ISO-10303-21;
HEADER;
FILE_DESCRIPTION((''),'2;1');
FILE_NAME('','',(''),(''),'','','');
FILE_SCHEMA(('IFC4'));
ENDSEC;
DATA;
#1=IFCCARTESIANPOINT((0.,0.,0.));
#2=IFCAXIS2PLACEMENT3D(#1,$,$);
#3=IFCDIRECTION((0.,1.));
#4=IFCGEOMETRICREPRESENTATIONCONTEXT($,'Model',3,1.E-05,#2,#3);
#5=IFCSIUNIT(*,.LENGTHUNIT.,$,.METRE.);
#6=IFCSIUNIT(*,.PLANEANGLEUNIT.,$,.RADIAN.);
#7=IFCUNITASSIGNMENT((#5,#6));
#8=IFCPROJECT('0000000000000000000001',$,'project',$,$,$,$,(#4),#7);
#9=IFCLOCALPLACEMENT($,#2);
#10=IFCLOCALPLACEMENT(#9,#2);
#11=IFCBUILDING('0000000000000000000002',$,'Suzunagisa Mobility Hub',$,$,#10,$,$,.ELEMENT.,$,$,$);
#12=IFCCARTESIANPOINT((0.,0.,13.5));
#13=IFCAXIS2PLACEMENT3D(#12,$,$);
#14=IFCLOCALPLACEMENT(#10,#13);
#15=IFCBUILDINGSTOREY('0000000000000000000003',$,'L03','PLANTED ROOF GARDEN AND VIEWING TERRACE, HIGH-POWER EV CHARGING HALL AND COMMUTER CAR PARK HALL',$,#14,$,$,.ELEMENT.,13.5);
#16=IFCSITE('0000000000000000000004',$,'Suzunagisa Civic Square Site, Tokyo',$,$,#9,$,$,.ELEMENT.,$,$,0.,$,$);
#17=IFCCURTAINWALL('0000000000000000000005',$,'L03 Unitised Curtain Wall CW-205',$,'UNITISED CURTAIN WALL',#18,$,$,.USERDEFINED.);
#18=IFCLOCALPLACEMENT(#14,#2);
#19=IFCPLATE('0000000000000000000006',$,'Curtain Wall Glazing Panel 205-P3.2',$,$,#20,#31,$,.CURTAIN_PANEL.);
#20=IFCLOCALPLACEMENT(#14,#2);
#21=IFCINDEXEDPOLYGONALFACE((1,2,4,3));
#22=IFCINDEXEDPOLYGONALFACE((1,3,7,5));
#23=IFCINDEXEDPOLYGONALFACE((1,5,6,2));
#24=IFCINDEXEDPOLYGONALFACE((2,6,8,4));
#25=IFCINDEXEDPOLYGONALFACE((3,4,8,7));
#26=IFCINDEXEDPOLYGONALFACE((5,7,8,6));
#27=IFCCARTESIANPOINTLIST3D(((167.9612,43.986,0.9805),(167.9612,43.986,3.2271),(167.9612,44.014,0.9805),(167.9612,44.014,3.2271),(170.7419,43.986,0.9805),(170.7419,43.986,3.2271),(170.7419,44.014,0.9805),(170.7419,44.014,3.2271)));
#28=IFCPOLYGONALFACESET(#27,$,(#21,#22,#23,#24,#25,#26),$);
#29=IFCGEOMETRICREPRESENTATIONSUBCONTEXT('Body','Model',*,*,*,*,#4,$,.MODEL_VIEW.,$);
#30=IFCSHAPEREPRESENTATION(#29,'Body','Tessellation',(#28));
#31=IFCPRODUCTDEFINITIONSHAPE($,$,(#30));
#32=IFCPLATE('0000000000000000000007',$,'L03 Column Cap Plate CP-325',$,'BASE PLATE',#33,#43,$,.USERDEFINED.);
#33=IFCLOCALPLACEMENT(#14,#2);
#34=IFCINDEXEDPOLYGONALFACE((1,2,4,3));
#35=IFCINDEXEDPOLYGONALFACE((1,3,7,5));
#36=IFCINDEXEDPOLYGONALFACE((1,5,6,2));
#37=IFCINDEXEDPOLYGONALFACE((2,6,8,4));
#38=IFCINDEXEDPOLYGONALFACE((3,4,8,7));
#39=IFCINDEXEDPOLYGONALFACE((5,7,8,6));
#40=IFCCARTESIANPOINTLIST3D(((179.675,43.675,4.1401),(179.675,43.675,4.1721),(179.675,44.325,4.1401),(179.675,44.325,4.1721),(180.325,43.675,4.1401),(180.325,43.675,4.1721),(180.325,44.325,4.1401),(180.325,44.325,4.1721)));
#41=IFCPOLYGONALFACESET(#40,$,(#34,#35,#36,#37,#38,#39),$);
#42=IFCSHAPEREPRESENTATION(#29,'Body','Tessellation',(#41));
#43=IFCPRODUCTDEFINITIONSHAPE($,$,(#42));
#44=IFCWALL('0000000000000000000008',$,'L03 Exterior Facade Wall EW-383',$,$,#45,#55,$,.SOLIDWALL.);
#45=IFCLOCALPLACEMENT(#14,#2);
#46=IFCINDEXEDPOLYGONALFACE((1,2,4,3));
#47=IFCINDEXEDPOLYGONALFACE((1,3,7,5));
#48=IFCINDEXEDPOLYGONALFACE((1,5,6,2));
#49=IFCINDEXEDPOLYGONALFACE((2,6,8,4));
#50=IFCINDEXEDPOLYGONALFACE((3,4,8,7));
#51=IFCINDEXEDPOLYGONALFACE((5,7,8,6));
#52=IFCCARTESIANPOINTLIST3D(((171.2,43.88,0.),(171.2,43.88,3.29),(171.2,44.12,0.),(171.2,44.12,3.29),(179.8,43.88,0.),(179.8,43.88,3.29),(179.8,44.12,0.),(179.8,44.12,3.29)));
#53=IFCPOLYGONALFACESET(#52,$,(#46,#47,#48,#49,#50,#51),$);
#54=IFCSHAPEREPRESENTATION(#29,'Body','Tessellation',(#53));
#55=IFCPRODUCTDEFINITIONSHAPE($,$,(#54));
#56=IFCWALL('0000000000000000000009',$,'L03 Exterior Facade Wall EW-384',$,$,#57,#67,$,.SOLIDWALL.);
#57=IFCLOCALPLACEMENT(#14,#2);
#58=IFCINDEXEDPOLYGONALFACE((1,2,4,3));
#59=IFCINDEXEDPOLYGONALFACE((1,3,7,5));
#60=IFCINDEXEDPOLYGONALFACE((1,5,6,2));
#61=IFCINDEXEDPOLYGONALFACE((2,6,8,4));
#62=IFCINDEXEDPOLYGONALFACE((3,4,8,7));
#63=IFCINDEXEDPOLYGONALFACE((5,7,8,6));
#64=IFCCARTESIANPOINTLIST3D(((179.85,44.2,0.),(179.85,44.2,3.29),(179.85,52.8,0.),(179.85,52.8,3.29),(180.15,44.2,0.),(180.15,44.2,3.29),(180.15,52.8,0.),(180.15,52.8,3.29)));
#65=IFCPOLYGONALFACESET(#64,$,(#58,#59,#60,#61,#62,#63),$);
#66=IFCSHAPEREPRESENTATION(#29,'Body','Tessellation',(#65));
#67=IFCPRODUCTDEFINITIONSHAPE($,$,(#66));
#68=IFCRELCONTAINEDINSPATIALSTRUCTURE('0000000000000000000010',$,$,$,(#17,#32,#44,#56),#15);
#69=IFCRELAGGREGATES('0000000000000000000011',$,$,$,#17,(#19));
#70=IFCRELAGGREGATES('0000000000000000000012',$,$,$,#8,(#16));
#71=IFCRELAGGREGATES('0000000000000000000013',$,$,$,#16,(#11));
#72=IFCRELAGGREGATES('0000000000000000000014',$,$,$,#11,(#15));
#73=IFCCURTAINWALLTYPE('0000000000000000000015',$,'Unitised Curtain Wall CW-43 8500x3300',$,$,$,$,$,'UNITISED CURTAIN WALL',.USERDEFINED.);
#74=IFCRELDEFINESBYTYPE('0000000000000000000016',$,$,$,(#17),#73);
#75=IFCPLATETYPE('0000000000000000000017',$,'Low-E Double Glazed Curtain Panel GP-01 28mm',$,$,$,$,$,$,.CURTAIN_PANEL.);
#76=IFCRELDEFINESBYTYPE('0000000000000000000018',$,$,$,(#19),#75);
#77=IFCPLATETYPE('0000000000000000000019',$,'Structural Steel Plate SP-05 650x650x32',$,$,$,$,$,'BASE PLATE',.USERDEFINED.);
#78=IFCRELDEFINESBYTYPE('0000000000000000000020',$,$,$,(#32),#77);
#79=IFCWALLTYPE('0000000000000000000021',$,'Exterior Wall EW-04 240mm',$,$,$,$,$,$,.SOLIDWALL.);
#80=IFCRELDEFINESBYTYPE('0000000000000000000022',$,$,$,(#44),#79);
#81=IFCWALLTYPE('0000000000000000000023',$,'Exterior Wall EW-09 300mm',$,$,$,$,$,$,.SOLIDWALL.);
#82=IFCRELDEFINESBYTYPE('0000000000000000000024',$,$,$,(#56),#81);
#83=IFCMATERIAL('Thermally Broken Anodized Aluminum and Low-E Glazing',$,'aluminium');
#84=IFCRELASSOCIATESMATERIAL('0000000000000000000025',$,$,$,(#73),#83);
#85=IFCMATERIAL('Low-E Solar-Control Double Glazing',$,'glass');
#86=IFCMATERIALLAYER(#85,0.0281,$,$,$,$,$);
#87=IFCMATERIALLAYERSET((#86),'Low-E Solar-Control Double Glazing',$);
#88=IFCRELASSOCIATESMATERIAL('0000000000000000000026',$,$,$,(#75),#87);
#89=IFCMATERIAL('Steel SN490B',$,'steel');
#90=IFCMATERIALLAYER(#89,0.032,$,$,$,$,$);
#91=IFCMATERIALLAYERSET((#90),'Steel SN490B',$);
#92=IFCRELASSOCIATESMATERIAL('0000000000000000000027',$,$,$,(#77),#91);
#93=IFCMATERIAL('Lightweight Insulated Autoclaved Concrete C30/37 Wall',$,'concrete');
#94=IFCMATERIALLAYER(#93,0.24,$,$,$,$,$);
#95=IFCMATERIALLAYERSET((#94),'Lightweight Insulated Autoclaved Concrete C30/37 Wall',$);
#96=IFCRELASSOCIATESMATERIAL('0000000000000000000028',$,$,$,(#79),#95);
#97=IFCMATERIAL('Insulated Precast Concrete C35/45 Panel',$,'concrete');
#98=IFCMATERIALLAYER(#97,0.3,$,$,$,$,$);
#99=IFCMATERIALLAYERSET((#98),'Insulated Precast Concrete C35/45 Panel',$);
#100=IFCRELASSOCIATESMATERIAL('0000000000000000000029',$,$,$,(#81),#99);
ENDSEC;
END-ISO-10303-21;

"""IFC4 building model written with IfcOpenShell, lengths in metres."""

from ifc_helpers import new_model, si_unit, direction, frame, frame_2d, origin, origin_2d, place, context, subcontext, project, spatial, rectangle, extrude, material, layer, layer_set, type_object, element, aggregate, save


model = new_model("IFC4")

# Units and contexts
model_context = context("Model", 3, precision=1e-05, world=origin(), true_north=direction((0.0, 1.0)))
body_context = subcontext(model_context, "Body", "Model", "MODEL_VIEW")
ifc_project = project(units=[si_unit("LENGTHUNIT", "METRE"), si_unit("PLANEANGLEUNIT", "RADIAN")], contexts=[model_context])

# Site, building, storey
site_placement = place(None, origin())
site = spatial("IfcSite", under=ifc_project, at=site_placement, Name="Suzunagisa Civic Square Site, Tokyo", CompositionType="ELEMENT", RefElevation=0.0)
building_placement = place(site_placement, origin())
building = spatial("IfcBuilding", under=site, at=building_placement, Name="Suzunagisa Mobility Hub", CompositionType="ELEMENT")
storey_placement = place(building_placement, frame((0.0, 0.0, 13.5)))
storey = spatial("IfcBuildingStorey", under=building, at=storey_placement, Name="L03", Description="PLANTED ROOF GARDEN AND VIEWING TERRACE, HIGH-POWER EV CHARGING HALL AND COMMUTER CAR PARK HALL", CompositionType="ELEMENT", Elevation=13.5)

# Shared definitions
ifc_material_1 = material(Name="Steel SN490B", Category="steel")

# Curtain wall
ifc_material_2 = material(Name="Thermally Broken Anodized Aluminum and Low-E Glazing", Category="aluminium")
curtain_wall_type = type_object("IfcCurtainWallType", Name="Unitised Curtain Wall CW-43 8500x3300", ElementType="UNITISED CURTAIN WALL", PredefinedType="USERDEFINED", material=ifc_material_2)
curtain_wall_placement = place(storey_placement, origin())
curtain_wall = element("IfcCurtainWall", 1, at=curtain_wall_placement, inside=storey, type_object=curtain_wall_type, Name="L03 Unitised Curtain Wall CW-205", ObjectType="UNITISED CURTAIN WALL", PredefinedType="USERDEFINED")

# Plates
ifc_material_3 = material(Name="Low-E Solar-Control Double Glazing", Category="glass")
ifc_layer_1 = layer(ifc_material_3, 0.0281)
ifc_layer_set_1 = layer_set([ifc_layer_1], Name="Low-E Solar-Control Double Glazing")
plate_type_1 = type_object("IfcPlateType", Name="Low-E Double Glazed Curtain Panel GP-01 28mm", PredefinedType="CURTAIN_PANEL", material=ifc_layer_set_1)
plate_1_placement = place(storey_placement, frame((169.3516, 44.0, 0.9805), z_axis=(0.0, 0.0, 1.0), x_axis=(1.0, 0.0, 0.0)))
plate_1 = element("IfcPlate", 2, at=plate_1_placement, type_object=plate_type_1, Name="Curtain Wall Glazing Panel 205-P3.2", PredefinedType="CURTAIN_PANEL", context=body_context, shape_type="SweptSolid", body=[
    extrude(rectangle(XDim=2.7808, YDim=0.0281, at=origin_2d()), origin(), (0.0, 0.0, 1.0), 2.2466),
])
aggregate(curtain_wall, [plate_1])
ifc_layer_2 = layer(ifc_material_1, 0.032)
ifc_layer_set_2 = layer_set([ifc_layer_2], Name="Steel SN490B")
plate_type_2 = type_object("IfcPlateType", Name="Structural Steel Plate SP-05 650x650x32", ElementType="BASE PLATE", PredefinedType="USERDEFINED", material=ifc_layer_set_2)
plate_2_placement = place(storey_placement, frame((180.0, 44.0, 4.1401), z_axis=(0.0, 0.0, 1.0), x_axis=(1.0, 0.0, 0.0)))
element("IfcPlate", 3, at=plate_2_placement, inside=storey, type_object=plate_type_2, Name="L03 Column Cap Plate CP-325", ObjectType="BASE PLATE", PredefinedType="USERDEFINED", context=body_context, shape_type="SweptSolid", body=[
    extrude(rectangle(XDim=0.6499, YDim=0.6499, at=origin_2d()), origin(), (0.0, 0.0, 1.0), 0.032),
])

# Walls
ifc_material_4 = material(Name="Lightweight Insulated Autoclaved Concrete C30/37 Wall", Category="concrete")
ifc_layer_3 = layer(ifc_material_4, 0.24)
ifc_layer_set_3 = layer_set([ifc_layer_3], Name="Lightweight Insulated Autoclaved Concrete C30/37 Wall")
wall_type_1 = type_object("IfcWallType", Name="Exterior Wall EW-04 240mm", PredefinedType="SOLIDWALL", material=ifc_layer_set_3)
wall_1_placement = place(storey_placement, frame((171.2, 44.0, 0.0), z_axis=(0.0, 0.0, 1.0), x_axis=(1.0, 0.0, 0.0)))
element("IfcWall", 4, at=wall_1_placement, inside=storey, type_object=wall_type_1, Name="L03 Exterior Facade Wall EW-383", PredefinedType="SOLIDWALL", context=body_context, shape_type="SweptSolid", body=[
    extrude(rectangle(XDim=8.6001, YDim=0.24, at=frame_2d((4.3, 0.0))), origin(), (0.0, 0.0, 1.0), 3.29),
])
ifc_material_5 = material(Name="Insulated Precast Concrete C35/45 Panel", Category="concrete")
ifc_layer_4 = layer(ifc_material_5, 0.3)
ifc_layer_set_4 = layer_set([ifc_layer_4], Name="Insulated Precast Concrete C35/45 Panel")
wall_type_2 = type_object("IfcWallType", Name="Exterior Wall EW-09 300mm", PredefinedType="SOLIDWALL", material=ifc_layer_set_4)
wall_2_placement = place(storey_placement, frame((180.0, 44.2, 0.0), z_axis=(0.0, 0.0, 1.0), x_axis=(0.0, 1.0, 0.0)))
element("IfcWall", 5, at=wall_2_placement, inside=storey, type_object=wall_type_2, Name="L03 Exterior Facade Wall EW-384", PredefinedType="SOLIDWALL", context=body_context, shape_type="SweptSolid", body=[
    extrude(rectangle(XDim=8.6001, YDim=0.3, at=frame_2d((4.3, 0.0))), origin(), (0.0, 0.0, 1.0), 3.29),
])

save(model, "model.ifc")
